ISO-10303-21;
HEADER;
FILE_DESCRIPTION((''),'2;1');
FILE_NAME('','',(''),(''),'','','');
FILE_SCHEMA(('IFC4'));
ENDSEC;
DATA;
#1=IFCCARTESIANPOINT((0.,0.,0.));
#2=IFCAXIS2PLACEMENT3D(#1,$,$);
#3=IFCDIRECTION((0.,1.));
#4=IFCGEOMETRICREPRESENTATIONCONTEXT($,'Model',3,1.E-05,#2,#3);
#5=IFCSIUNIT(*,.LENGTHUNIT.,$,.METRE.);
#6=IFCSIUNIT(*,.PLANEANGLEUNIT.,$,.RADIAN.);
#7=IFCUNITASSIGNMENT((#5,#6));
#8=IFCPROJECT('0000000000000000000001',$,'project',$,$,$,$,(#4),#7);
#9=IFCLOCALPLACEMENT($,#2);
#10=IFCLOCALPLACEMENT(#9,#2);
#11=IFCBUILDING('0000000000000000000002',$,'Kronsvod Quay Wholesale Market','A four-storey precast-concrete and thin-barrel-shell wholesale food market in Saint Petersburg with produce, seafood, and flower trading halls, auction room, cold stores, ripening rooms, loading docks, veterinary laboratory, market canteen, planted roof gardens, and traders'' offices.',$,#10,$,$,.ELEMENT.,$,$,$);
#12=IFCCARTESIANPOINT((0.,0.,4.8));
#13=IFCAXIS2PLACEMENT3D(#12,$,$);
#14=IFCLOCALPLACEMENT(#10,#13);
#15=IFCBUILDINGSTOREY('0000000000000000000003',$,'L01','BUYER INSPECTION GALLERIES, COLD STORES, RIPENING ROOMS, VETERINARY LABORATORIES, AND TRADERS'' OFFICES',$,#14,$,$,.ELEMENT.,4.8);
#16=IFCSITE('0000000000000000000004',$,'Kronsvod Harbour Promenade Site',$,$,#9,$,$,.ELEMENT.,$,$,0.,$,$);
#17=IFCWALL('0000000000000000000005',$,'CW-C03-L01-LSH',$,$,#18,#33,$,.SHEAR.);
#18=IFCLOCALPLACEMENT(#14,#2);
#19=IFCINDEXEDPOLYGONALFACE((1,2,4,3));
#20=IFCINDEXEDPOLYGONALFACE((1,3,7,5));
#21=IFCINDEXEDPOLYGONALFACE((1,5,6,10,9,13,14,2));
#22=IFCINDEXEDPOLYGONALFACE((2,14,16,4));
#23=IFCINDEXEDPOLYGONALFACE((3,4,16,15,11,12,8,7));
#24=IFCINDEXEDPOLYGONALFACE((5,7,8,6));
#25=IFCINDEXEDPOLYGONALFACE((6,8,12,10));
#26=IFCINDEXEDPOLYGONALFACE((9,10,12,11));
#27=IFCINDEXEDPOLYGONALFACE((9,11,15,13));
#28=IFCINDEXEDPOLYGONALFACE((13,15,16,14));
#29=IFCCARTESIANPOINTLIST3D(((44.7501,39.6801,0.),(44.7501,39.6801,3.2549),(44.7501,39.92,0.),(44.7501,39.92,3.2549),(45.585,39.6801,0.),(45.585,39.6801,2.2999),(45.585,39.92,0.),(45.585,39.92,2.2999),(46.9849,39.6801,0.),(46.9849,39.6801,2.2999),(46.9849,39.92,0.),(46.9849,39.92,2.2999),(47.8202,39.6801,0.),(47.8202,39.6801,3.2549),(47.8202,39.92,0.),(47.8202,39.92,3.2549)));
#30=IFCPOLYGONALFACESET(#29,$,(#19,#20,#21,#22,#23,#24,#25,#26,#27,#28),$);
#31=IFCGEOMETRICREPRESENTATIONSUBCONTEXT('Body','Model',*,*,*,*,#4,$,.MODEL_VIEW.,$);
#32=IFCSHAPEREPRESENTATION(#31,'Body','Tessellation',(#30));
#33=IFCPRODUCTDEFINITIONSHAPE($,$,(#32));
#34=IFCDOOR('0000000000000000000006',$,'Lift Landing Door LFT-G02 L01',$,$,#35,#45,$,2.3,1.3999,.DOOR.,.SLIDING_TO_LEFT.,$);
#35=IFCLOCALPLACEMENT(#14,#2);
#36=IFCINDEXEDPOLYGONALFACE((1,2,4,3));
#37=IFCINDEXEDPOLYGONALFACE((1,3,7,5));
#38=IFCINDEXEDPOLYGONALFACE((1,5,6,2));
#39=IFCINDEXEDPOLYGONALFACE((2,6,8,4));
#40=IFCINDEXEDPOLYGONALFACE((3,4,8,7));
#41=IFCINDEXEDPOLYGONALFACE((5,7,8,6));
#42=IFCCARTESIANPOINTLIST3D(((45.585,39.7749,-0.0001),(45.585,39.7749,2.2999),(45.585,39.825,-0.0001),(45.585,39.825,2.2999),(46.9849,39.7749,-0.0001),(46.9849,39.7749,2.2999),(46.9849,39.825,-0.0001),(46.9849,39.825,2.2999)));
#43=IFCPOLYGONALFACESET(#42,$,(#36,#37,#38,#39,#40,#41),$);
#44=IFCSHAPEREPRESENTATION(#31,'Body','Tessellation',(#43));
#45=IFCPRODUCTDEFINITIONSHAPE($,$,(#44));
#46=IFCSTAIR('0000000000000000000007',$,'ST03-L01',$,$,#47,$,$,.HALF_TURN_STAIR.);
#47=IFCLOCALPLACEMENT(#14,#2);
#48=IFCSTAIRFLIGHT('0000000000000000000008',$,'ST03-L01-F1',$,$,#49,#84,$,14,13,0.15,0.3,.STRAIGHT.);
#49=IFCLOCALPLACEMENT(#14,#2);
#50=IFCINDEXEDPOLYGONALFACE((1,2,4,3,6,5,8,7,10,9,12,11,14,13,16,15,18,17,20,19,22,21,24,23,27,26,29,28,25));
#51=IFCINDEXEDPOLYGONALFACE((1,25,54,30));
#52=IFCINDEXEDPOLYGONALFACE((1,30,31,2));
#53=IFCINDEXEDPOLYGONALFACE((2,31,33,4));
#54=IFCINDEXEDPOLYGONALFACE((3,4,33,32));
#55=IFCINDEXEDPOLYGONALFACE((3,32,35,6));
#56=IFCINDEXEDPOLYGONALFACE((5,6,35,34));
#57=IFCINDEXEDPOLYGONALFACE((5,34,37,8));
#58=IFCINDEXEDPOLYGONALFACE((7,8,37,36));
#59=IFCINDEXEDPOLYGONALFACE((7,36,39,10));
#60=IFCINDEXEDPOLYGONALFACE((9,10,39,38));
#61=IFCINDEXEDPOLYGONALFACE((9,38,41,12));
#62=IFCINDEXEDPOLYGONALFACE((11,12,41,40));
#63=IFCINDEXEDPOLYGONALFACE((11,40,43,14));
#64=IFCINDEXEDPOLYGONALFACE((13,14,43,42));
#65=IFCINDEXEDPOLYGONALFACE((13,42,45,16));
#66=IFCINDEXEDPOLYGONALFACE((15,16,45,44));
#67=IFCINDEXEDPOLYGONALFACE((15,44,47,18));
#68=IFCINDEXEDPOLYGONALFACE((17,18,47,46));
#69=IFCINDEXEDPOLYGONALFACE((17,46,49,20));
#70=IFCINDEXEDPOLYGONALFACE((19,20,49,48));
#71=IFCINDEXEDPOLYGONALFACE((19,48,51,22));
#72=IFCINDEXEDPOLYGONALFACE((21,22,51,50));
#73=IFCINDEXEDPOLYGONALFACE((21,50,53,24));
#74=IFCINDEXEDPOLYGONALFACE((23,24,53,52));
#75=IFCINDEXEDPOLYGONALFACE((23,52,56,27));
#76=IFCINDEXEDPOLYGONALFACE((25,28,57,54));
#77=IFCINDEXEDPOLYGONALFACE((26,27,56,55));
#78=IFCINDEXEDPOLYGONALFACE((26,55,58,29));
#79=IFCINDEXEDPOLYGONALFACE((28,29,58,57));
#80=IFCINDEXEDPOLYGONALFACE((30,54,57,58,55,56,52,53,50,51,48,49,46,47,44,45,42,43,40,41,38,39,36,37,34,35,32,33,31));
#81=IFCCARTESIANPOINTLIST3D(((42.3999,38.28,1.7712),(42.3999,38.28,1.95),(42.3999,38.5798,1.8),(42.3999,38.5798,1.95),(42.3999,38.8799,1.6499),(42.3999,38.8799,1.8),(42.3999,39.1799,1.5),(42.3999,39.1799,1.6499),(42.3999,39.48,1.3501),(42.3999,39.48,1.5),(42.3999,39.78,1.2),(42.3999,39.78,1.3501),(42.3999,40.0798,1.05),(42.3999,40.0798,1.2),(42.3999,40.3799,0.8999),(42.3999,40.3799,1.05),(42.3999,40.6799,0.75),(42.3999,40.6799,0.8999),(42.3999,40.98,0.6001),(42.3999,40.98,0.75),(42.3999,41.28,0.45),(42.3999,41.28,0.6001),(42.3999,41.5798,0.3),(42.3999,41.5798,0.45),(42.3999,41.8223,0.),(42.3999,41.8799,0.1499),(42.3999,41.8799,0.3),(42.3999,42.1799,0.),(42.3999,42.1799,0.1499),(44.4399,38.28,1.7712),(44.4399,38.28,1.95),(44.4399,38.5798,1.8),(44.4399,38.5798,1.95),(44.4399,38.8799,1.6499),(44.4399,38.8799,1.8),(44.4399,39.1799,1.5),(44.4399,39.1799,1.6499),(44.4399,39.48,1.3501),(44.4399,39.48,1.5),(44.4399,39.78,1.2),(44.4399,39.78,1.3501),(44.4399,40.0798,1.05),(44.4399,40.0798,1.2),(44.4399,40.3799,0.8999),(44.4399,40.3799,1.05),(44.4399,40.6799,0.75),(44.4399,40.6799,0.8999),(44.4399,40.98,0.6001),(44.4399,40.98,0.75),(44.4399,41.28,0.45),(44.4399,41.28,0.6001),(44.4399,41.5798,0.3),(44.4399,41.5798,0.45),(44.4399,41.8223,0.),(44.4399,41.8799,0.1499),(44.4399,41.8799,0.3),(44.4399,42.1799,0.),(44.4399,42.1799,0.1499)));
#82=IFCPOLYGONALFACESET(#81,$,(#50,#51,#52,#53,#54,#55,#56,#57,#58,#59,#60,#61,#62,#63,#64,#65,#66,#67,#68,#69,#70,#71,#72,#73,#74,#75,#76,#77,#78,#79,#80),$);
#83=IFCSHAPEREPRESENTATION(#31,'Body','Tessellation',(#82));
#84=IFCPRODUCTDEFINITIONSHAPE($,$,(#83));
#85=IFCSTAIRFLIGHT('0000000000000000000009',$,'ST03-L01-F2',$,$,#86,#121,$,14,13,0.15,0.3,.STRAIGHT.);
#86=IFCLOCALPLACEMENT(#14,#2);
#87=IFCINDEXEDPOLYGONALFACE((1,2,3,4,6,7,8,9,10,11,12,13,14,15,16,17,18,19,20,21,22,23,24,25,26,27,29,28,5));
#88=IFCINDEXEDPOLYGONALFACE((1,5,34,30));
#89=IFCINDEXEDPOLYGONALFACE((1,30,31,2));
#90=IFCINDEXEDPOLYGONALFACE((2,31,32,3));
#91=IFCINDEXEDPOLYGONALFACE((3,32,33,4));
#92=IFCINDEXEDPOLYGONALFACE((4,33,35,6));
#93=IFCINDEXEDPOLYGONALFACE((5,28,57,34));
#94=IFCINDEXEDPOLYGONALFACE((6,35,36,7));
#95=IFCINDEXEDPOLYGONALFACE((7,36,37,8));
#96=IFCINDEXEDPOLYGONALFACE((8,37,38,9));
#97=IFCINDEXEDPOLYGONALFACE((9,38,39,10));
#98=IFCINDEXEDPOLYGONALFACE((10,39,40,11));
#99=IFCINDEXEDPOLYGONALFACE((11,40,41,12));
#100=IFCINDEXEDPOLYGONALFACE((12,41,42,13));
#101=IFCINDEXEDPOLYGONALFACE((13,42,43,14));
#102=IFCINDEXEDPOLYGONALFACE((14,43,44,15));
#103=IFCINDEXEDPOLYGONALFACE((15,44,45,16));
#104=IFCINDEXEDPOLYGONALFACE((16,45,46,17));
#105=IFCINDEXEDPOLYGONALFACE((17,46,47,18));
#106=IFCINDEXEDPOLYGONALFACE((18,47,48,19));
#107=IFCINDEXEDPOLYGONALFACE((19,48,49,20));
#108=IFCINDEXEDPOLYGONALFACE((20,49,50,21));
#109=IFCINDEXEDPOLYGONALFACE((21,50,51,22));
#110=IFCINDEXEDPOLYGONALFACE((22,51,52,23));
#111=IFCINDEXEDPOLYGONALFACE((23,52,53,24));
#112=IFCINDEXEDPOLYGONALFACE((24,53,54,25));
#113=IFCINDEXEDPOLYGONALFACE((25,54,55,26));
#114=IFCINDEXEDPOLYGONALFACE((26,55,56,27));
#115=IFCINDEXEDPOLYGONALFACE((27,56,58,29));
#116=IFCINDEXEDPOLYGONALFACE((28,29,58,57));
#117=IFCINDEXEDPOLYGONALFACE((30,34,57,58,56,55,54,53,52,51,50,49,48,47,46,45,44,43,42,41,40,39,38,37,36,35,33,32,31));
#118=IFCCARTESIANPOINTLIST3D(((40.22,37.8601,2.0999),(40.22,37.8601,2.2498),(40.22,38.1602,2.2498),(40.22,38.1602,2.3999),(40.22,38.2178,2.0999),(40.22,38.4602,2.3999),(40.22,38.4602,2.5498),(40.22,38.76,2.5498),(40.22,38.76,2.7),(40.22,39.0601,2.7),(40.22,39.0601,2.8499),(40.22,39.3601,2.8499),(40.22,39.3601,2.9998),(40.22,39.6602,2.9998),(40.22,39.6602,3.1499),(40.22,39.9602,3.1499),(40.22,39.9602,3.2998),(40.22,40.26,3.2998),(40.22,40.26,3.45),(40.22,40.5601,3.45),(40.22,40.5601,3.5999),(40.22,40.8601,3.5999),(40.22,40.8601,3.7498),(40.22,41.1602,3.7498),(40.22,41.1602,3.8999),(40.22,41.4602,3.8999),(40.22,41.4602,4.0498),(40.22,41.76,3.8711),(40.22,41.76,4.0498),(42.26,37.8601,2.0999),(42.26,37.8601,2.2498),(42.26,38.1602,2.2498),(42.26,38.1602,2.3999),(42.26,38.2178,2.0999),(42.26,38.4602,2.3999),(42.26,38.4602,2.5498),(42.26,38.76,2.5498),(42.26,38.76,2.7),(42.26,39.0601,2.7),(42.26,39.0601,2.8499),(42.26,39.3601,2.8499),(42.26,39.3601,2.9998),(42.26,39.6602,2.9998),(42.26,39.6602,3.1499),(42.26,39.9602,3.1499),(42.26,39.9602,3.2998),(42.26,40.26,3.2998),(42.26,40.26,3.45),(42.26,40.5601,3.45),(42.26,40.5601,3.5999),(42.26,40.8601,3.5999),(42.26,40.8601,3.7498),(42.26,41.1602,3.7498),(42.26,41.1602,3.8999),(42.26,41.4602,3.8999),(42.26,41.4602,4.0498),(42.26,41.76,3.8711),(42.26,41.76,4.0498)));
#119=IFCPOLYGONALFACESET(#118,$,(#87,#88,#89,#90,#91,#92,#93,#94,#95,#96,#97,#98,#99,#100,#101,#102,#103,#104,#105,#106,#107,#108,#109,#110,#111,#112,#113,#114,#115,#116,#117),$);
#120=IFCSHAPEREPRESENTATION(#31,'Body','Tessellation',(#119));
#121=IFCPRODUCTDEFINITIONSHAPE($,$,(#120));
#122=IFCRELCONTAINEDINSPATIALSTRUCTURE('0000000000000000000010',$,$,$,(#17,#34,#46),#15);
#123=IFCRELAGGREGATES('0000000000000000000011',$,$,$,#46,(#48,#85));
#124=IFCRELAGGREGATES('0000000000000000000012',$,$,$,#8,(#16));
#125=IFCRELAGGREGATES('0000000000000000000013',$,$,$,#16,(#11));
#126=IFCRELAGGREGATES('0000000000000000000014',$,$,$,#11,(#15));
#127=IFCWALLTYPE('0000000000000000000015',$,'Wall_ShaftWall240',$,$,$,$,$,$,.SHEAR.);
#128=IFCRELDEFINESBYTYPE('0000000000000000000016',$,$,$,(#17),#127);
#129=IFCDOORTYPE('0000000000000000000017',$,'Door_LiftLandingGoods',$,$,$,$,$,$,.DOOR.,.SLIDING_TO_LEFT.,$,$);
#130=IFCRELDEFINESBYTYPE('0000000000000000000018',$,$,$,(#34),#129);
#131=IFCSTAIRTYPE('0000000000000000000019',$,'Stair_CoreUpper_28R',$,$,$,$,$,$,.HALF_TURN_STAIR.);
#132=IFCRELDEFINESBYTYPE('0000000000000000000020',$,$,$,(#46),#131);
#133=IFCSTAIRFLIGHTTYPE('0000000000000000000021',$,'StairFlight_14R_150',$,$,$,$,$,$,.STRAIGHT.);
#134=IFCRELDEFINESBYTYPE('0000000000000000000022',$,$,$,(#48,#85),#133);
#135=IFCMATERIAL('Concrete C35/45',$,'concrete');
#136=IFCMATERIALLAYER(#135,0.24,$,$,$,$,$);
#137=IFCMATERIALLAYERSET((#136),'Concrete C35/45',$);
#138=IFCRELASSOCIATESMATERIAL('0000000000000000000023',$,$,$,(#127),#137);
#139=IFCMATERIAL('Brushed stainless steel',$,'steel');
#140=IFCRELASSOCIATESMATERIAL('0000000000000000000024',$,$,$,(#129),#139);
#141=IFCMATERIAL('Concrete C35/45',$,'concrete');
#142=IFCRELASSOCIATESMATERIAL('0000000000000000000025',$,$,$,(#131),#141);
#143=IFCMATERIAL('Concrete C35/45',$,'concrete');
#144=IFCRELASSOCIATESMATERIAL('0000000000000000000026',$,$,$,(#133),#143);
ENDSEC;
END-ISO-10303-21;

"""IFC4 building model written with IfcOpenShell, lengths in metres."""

from ifc_helpers import new_model, si_unit, direction, frame, frame_2d, origin, place, context, subcontext, project, spatial, polyline, rectangle, outline, extrude, material, layer, layer_set, type_object, element, fill, aggregate, save


model = new_model("IFC4")

# Units and contexts
model_context = context("Model", 3, precision=1e-05, world=origin(), true_north=direction((0.0, 1.0)))
body_context = subcontext(model_context, "Body", "Model", "MODEL_VIEW")
ifc_project = project(units=[si_unit("LENGTHUNIT", "METRE"), si_unit("PLANEANGLEUNIT", "RADIAN")], contexts=[model_context])

# Site, building, storey
site_placement = place(None, origin())
site = spatial("IfcSite", under=ifc_project, at=site_placement, Name="Kronsvod Harbour Promenade Site", CompositionType="ELEMENT", RefElevation=0.0)
building_placement = place(site_placement, origin())
building = spatial("IfcBuilding", under=site, at=building_placement, Name="Kronsvod Quay Wholesale Market", Description="A four-storey precast-concrete and thin-barrel-shell wholesale food market in Saint Petersburg with produce, seafood, and flower trading halls, auction room, cold stores, ripening rooms, loading docks, veterinary laboratory, market canteen, planted roof gardens, and traders' offices.", CompositionType="ELEMENT")
storey_placement = place(building_placement, frame((0.0, 0.0, 4.8)))
storey = spatial("IfcBuildingStorey", under=building, at=storey_placement, Name="L01", Description="BUYER INSPECTION GALLERIES, COLD STORES, RIPENING ROOMS, VETERINARY LABORATORIES, AND TRADERS' OFFICES", CompositionType="ELEMENT", Elevation=4.8)

# Shared definitions
ifc_material_1 = material(Name="Concrete C35/45", Category="concrete")
ifc_layer_1 = layer(ifc_material_1, 0.24)
ifc_layer_set_1 = layer_set([ifc_layer_1], Name="Concrete C35/45")
wall_type_1 = type_object("IfcWallType", Name="Wall_ShaftWall240", PredefinedType="SHEAR", material=ifc_layer_set_1)

# Wall, opening, door
wall_1_placement = place(storey_placement, frame((44.75, 39.8, 0.0), z_axis=(0.0, 0.0, 1.0), x_axis=(1.0, 0.0, 0.0)))
wall_1 = element("IfcWall", 1, at=wall_1_placement, inside=storey, type_object=wall_type_1, Name="CW-C03-L01-LSH", PredefinedType="SHEAR", context=body_context, shape_type="SweptSolid", body=[
    extrude(rectangle(XDim=3.0701, YDim=0.24, at=frame_2d((1.5352, 0.0))), origin(), (0.0, 0.0, 1.0), 3.2549),
])
opening_1_placement = place(wall_1_placement, frame((0.835, 0.0, 0.0)))
opening_1 = element("IfcOpeningElement", 2, at=opening_1_placement, cuts=wall_1, PredefinedType="OPENING", context=body_context, shape_type="SweptSolid", body=[
    extrude(rectangle(XDim=1.3999, YDim=2.3, at=frame_2d((0.7, 1.1499))), frame((0.0, 0.1299, 0.0), z_axis=(0.0, -1.0, 0.0), x_axis=(1.0, 0.0, 0.0)), (0.0, 0.0, 1.0), 0.26),
])
ifc_material_2 = material(Name="Brushed stainless steel", Category="steel")
door_type_1 = type_object("IfcDoorType", Name="Door_LiftLandingGoods", OperationType="SLIDING_TO_LEFT", PredefinedType="DOOR", material=ifc_material_2)
door_1_placement = place(opening_1_placement, origin())
door_1 = element("IfcDoor", 3, at=door_1_placement, inside=storey, type_object=door_type_1, Name="Lift Landing Door LFT-G02 L01", OperationType="SLIDING_TO_LEFT", OverallHeight=2.3, OverallWidth=1.3999, PredefinedType="DOOR", context=body_context, shape_type="SweptSolid", body=[
    extrude(rectangle(XDim=1.3999, YDim=2.3, at=frame_2d((0.7, 1.1499))), frame((0.0, 0.0249, 0.0), z_axis=(0.0, -1.0, 0.0), x_axis=(1.0, 0.0, 0.0)), (0.0, 0.0, 1.0), 0.05),
])
fill(opening_1, door_1)

# Stair, stair flights
ifc_material_3 = material(Name="Concrete C35/45", Category="concrete")
stair_type = type_object("IfcStairType", Name="Stair_CoreUpper_28R", PredefinedType="HALF_TURN_STAIR", material=ifc_material_3)
stair_placement = place(storey_placement, origin())
stair = element("IfcStair", 4, at=stair_placement, inside=storey, type_object=stair_type, Name="ST03-L01", PredefinedType="HALF_TURN_STAIR")
ifc_material_4 = material(Name="Concrete C35/45", Category="concrete")
stair_flight_type = type_object("IfcStairFlightType", Name="StairFlight_14R_150", PredefinedType="STRAIGHT", material=ifc_material_4)
stair_flight_1_placement = place(storey_placement, frame((43.4199, 42.1799, 0.0), z_axis=(0.0, 0.0, 1.0), x_axis=(0.0, -1.0, 0.0)))
stair_flight_1 = element("IfcStairFlight", 5, at=stair_flight_1_placement, type_object=stair_flight_type, Name="ST03-L01-F1", NumberOfRisers=14, NumberOfTreads=13, PredefinedType="STRAIGHT", RiserHeight=0.15, TreadLength=0.3, context=body_context, shape_type="SweptSolid", body=[
    extrude(outline(polyline([(0.0, 0.0), (0.0, 0.1499), (0.3, 0.1499), (0.3, 0.3), (0.6001, 0.3), (0.6001, 0.45), (0.8999, 0.45), (0.8999, 0.6001), (1.2, 0.6001), (1.2, 0.75), (1.5, 0.75), (1.5, 0.8999), (1.8, 0.8999), (1.8, 1.05), (2.1001, 1.05), (2.1001, 1.2), (2.3999, 1.2), (2.3999, 1.3501), (2.7, 1.3501), (2.7, 1.5), (3.0, 1.5), (3.0, 1.6499), (3.3, 1.6499), (3.3, 1.8), (3.6001, 1.8), (3.6001, 1.95), (3.8999, 1.95), (3.8999, 2.1001), (3.8999, 1.7712), (0.3577, 0.0), (0.0, 0.0)])), frame((0.0, 1.02, 0.0), z_axis=(0.0, -1.0, 0.0), x_axis=(1.0, 0.0, 0.0)), (0.0, 0.0, 1.0), 2.04),
])
stair_flight_2_placement = place(storey_placement, frame((41.24, 37.8601, 2.0999), z_axis=(0.0, 0.0, 1.0), x_axis=(0.0, 1.0, 0.0)))
stair_flight_2 = element("IfcStairFlight", 6, at=stair_flight_2_placement, type_object=stair_flight_type, Name="ST03-L01-F2", NumberOfRisers=14, NumberOfTreads=13, PredefinedType="STRAIGHT", RiserHeight=0.15, TreadLength=0.3, context=body_context, shape_type="SweptSolid", body=[
    extrude(outline(polyline([(0.0, 0.0), (0.0, 0.1499), (0.3, 0.1499), (0.3, 0.3), (0.6001, 0.3), (0.6001, 0.45), (0.8999, 0.45), (0.8999, 0.6001), (1.2, 0.6001), (1.2, 0.75), (1.5, 0.75), (1.5, 0.8999), (1.8, 0.8999), (1.8, 1.05), (2.1001, 1.05), (2.1001, 1.2), (2.3999, 1.2), (2.3999, 1.3501), (2.7, 1.3501), (2.7, 1.5), (3.0, 1.5), (3.0, 1.6499), (3.3, 1.6499), (3.3, 1.8), (3.6001, 1.8), (3.6001, 1.95), (3.8999, 1.95), (3.8999, 2.1001), (3.8999, 1.7712), (0.3577, 0.0), (0.0, 0.0)])), frame((0.0, 1.02, 0.0), z_axis=(0.0, -1.0, 0.0), x_axis=(1.0, 0.0, 0.0)), (0.0, 0.0, 1.0), 2.04),
])
aggregate(stair, [stair_flight_1, stair_flight_2])

save(model, "model.ifc")
